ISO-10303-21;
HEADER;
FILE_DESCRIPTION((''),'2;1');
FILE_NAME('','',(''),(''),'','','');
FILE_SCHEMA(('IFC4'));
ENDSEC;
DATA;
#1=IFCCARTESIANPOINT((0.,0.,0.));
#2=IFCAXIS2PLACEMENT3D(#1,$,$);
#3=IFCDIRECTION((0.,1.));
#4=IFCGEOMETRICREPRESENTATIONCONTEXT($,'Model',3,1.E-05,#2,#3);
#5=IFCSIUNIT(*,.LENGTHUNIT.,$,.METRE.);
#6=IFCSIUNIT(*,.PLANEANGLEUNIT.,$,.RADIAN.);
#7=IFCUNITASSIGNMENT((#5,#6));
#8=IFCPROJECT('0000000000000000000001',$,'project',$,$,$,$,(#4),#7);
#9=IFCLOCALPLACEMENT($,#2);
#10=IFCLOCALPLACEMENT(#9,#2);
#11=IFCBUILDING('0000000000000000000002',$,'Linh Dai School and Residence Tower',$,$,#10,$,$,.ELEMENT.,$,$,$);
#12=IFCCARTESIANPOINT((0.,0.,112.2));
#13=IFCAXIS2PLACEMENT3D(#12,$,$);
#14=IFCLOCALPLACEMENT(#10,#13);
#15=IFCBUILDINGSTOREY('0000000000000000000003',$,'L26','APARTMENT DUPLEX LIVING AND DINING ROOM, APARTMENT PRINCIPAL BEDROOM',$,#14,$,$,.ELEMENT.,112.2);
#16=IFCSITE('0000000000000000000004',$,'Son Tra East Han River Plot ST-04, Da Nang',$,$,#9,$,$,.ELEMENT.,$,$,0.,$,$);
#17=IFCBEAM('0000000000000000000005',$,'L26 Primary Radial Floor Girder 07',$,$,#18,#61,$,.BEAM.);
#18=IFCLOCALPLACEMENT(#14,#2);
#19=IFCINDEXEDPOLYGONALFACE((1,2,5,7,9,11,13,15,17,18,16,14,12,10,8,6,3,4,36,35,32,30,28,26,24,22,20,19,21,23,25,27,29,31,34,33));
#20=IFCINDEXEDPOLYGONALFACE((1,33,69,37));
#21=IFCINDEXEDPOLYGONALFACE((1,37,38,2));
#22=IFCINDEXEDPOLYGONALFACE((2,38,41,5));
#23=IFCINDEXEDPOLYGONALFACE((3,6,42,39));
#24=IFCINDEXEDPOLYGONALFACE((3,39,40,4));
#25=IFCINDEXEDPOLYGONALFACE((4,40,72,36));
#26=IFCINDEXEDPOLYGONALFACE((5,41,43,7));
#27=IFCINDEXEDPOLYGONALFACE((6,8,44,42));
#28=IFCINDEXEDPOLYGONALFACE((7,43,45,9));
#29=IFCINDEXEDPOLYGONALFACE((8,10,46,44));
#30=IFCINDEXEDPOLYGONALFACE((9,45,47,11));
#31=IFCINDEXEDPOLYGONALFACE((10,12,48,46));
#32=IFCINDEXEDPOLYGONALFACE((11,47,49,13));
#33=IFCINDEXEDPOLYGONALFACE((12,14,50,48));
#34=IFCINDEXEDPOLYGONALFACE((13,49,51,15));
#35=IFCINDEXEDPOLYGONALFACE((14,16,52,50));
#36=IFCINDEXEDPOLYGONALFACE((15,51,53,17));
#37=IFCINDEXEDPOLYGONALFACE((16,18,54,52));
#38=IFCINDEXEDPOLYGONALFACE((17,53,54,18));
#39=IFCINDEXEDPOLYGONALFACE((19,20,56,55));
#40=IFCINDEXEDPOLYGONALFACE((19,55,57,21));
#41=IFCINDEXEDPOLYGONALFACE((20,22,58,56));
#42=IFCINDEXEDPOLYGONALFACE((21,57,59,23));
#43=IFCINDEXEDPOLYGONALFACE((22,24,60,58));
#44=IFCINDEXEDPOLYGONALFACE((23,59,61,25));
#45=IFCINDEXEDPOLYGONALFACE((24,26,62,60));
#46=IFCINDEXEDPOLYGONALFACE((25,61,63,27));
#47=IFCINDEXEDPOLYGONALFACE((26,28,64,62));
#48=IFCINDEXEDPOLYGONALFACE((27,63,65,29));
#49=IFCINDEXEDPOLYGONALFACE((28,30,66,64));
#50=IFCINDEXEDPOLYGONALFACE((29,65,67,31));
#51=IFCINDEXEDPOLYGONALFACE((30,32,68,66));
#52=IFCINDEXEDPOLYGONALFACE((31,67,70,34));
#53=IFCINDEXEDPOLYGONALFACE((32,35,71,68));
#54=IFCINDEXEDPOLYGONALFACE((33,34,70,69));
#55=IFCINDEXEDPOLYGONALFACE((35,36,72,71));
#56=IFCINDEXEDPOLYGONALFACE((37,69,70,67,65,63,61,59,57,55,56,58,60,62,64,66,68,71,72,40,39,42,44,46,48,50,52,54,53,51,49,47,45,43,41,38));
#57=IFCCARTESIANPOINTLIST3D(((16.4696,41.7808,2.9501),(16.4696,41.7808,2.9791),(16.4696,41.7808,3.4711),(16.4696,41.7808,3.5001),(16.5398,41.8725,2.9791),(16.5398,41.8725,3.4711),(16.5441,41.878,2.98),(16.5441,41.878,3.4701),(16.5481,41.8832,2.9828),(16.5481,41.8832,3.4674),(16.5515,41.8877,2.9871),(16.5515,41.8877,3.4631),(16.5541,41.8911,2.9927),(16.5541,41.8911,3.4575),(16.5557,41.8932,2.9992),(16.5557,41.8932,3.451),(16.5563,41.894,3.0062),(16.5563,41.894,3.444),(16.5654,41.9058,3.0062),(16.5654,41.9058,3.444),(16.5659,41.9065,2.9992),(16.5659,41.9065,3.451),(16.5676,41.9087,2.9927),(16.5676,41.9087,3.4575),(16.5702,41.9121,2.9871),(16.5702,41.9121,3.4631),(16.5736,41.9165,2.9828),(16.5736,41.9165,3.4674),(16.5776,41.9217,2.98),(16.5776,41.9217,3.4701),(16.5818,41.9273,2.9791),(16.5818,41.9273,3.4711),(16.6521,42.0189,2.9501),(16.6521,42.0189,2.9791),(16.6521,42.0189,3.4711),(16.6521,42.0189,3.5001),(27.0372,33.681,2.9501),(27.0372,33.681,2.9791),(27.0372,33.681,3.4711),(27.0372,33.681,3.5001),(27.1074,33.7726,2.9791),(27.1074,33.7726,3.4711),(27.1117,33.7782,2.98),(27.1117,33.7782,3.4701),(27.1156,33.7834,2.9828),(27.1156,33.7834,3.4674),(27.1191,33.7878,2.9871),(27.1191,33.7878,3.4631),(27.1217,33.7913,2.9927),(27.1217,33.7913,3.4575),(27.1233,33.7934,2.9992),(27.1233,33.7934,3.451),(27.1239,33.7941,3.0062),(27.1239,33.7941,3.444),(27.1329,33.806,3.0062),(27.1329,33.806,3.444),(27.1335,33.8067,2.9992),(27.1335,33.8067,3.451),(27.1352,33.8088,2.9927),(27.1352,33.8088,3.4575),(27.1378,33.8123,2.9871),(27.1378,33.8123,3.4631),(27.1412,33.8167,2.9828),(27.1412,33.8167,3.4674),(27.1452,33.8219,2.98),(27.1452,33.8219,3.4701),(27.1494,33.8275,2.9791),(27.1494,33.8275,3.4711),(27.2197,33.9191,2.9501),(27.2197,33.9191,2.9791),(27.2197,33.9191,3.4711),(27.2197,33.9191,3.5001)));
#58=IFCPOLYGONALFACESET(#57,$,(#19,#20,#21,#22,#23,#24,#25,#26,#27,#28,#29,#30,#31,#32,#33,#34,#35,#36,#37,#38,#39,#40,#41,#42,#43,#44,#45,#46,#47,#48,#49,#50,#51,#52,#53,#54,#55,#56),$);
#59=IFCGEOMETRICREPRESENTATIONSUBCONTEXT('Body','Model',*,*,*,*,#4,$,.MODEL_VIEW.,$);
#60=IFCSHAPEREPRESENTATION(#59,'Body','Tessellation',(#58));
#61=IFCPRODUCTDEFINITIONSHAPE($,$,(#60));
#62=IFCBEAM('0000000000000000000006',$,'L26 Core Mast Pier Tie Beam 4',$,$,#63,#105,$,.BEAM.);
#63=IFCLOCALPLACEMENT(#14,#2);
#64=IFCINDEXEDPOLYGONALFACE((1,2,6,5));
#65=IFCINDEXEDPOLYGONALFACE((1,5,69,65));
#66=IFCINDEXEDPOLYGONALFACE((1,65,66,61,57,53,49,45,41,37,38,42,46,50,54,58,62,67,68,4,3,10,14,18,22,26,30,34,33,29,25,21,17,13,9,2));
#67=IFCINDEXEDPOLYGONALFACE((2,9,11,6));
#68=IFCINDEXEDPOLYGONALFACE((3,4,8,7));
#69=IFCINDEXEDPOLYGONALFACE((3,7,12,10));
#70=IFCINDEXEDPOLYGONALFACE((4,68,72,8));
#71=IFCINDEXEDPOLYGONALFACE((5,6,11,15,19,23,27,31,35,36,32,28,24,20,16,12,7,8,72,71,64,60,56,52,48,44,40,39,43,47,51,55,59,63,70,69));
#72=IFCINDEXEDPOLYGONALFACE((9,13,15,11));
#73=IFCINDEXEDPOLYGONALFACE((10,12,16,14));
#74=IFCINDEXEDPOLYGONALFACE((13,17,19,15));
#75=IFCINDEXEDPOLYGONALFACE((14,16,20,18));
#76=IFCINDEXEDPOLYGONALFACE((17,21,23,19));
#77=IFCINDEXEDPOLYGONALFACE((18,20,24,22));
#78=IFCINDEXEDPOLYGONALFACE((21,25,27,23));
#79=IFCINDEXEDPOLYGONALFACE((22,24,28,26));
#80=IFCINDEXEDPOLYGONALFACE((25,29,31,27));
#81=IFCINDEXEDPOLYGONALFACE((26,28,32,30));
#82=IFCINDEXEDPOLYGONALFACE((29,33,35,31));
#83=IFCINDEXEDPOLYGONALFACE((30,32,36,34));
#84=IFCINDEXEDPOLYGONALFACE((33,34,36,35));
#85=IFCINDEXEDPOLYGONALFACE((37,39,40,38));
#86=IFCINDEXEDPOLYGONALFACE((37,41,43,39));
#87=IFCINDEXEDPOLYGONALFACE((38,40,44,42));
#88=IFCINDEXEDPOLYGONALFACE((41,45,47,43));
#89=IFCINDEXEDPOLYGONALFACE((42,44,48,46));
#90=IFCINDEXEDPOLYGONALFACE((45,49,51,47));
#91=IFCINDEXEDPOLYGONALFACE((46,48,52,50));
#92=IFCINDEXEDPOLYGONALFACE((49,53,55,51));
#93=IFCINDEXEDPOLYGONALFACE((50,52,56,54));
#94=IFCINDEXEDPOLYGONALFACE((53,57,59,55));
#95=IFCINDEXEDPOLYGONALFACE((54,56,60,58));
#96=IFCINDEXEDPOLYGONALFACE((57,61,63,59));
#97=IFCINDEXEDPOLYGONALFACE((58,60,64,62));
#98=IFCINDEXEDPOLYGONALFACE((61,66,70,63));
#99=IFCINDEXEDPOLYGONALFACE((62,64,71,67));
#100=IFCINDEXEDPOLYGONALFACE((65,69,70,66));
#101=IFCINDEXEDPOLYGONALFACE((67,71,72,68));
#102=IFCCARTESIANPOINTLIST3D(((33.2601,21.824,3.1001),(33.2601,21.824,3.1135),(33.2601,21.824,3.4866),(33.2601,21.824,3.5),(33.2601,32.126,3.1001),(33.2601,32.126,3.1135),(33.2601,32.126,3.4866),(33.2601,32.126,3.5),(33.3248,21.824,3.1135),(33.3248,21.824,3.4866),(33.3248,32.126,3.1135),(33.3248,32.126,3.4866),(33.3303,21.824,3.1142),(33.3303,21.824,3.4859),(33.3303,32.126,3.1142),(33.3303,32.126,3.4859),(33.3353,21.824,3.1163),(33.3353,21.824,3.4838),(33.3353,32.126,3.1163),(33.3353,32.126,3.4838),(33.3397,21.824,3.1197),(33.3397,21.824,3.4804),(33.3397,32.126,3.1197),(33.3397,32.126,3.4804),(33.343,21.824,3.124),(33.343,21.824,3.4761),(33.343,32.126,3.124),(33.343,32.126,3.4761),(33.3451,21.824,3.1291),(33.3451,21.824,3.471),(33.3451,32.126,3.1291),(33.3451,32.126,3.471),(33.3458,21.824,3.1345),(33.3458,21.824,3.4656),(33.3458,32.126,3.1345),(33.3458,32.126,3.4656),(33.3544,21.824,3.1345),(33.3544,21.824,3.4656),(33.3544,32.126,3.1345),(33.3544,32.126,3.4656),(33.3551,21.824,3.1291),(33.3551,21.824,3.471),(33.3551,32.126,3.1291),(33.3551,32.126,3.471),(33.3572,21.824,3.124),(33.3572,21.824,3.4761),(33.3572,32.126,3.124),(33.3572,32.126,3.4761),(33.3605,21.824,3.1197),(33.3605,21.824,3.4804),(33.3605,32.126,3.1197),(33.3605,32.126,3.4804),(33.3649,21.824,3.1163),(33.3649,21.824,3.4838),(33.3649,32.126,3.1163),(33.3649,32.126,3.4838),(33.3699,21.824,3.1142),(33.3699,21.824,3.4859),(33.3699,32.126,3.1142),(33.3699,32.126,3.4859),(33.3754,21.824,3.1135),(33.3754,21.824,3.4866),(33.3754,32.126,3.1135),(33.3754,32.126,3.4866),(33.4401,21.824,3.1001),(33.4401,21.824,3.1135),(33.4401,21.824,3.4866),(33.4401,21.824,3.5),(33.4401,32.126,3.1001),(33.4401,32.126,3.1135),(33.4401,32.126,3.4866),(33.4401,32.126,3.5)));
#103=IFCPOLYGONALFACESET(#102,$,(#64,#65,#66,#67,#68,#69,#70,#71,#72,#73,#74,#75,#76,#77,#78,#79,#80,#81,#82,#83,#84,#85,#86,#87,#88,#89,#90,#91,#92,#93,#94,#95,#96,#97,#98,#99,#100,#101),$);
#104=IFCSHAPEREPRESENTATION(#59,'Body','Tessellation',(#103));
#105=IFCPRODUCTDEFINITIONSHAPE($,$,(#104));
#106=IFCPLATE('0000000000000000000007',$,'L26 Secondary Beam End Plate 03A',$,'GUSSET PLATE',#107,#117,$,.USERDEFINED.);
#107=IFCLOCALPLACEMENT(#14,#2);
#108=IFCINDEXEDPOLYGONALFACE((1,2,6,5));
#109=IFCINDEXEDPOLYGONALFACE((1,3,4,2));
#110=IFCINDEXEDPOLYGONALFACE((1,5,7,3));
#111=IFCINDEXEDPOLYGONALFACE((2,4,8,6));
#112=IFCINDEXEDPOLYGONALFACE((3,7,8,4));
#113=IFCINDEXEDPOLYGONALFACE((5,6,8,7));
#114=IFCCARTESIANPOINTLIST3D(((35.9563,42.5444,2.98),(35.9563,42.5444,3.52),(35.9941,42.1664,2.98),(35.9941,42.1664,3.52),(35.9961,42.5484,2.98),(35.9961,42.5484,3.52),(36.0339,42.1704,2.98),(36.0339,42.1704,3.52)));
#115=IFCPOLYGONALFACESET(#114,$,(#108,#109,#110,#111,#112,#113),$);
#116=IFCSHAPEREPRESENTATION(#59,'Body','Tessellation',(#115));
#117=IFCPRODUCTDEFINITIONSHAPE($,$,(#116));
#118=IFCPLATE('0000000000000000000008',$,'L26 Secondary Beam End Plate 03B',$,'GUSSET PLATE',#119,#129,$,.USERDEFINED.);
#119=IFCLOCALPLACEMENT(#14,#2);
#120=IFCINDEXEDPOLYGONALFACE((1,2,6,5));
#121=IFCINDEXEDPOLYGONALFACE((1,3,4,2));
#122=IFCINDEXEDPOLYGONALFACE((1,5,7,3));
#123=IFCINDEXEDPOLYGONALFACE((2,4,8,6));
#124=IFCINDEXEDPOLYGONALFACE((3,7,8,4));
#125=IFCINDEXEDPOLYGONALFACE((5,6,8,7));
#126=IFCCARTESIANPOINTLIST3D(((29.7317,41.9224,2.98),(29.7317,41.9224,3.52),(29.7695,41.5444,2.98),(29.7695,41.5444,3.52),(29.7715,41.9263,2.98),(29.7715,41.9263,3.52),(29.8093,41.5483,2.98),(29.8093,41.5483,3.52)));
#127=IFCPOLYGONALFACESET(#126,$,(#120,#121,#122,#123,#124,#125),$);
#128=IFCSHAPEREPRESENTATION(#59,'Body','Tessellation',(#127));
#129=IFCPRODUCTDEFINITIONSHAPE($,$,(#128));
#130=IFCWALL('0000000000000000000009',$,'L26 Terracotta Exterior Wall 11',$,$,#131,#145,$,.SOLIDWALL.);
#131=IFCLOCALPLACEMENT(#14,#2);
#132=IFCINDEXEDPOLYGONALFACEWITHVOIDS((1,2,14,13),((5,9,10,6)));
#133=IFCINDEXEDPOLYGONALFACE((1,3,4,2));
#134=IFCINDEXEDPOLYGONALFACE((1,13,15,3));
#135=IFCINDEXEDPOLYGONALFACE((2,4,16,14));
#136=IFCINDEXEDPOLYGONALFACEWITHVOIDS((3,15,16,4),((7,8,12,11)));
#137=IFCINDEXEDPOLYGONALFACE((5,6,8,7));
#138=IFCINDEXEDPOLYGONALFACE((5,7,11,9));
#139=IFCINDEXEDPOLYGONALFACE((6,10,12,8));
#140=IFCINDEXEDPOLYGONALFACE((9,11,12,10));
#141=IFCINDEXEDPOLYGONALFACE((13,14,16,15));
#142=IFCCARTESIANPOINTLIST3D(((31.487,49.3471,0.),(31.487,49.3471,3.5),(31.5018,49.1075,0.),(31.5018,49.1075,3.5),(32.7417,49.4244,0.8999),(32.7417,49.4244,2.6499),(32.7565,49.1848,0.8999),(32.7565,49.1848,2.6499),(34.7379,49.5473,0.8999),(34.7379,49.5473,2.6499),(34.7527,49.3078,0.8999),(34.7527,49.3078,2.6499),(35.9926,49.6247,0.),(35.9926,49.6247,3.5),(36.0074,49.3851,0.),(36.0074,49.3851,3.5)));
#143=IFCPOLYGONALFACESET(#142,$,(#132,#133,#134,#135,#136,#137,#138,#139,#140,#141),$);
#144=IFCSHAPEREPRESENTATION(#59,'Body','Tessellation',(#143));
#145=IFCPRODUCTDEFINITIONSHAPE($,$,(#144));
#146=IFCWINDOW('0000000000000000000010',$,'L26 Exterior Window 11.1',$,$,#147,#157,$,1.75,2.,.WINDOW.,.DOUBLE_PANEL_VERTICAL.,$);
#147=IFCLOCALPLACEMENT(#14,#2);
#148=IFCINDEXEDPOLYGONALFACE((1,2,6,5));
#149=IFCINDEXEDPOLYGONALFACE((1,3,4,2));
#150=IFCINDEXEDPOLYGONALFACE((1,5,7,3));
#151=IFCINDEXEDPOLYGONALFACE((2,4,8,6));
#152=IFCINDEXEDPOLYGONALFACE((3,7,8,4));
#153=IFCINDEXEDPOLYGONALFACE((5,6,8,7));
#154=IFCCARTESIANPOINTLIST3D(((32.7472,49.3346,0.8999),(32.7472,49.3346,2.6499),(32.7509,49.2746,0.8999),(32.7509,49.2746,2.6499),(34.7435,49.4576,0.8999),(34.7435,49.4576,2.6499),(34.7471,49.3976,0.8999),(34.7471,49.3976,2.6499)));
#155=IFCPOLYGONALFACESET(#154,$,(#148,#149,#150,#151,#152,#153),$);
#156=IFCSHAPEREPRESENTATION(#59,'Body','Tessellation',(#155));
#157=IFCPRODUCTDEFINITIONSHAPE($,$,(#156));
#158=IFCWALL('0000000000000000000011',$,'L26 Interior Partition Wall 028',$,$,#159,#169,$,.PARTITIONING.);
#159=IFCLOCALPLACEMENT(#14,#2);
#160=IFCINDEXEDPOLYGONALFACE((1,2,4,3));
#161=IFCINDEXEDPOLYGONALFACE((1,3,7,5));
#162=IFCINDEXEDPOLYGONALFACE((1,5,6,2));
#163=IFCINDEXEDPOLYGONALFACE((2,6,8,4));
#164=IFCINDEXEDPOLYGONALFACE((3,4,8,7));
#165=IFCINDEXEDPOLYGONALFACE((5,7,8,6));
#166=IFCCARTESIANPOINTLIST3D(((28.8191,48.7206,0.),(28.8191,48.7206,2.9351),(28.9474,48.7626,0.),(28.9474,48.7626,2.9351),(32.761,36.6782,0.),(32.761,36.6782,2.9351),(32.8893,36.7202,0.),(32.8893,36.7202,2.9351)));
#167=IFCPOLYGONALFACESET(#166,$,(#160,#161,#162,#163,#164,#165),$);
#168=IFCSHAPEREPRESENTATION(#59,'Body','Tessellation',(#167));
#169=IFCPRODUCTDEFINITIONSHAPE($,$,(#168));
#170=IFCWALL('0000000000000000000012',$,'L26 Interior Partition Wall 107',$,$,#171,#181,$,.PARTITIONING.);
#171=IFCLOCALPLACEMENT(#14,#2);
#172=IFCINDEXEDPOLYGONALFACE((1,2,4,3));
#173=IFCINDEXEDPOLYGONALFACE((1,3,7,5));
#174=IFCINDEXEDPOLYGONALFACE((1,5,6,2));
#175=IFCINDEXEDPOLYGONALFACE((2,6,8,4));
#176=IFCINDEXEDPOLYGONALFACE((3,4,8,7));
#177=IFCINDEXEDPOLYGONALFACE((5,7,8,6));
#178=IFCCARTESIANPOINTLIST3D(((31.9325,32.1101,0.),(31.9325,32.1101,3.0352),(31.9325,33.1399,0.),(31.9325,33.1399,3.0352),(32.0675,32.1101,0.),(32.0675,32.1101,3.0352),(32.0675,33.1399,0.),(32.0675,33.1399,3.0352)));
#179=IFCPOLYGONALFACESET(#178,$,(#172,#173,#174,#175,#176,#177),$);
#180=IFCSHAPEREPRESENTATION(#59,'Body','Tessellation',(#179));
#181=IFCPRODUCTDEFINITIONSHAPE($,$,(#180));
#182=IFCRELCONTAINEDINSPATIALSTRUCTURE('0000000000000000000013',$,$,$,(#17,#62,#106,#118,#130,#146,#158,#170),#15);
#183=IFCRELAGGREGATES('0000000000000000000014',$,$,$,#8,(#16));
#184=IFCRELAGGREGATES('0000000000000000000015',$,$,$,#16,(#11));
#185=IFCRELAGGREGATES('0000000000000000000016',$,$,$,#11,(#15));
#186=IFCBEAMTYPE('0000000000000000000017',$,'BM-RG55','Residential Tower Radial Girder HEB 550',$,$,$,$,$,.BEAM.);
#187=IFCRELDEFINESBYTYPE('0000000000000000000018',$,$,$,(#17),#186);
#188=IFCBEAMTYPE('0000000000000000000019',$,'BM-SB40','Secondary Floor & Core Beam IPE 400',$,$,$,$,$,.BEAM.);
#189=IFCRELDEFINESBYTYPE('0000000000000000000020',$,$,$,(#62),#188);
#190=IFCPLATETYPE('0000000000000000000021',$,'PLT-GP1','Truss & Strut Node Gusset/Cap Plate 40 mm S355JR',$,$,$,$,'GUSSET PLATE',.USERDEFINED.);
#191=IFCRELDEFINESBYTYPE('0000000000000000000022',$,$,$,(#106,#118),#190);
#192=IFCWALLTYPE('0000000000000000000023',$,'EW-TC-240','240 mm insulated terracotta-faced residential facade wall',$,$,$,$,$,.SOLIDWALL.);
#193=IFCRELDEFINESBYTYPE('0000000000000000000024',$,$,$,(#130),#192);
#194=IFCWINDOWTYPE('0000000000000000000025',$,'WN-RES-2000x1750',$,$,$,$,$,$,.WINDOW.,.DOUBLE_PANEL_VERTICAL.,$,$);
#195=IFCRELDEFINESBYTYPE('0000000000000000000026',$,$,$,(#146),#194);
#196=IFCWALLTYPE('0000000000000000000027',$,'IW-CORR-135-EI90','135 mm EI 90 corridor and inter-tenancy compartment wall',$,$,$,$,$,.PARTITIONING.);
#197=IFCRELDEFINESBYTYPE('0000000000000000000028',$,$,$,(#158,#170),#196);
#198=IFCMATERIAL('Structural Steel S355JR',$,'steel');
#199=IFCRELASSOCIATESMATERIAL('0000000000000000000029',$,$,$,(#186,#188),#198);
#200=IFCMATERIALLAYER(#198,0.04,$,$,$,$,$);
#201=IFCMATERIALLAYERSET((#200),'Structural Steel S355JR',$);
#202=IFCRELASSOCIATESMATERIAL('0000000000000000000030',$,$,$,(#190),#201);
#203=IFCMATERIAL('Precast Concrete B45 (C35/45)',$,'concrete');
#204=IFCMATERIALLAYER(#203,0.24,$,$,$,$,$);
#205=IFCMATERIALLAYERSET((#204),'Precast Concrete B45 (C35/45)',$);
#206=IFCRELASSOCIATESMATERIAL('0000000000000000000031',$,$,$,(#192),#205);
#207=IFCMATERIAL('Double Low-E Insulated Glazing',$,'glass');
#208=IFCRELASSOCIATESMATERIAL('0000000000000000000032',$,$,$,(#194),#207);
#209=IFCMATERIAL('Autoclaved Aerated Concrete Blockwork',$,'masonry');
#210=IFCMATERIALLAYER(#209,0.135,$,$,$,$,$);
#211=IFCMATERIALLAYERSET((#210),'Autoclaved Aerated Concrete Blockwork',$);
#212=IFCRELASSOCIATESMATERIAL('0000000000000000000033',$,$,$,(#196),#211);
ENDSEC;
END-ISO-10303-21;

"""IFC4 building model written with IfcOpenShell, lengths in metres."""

from ifc_helpers import new_model, si_unit, direction, frame, frame_2d, origin, origin_2d, place, context, subcontext, project, spatial, rectangle, i_section, extrude, source, transform, mapped, material, layer, layer_set, material_profile, profile_set, type_object, element, fill, save


model = new_model("IFC4")

# Units and contexts
model_context = context("Model", 3, precision=1e-05, world=origin(), true_north=direction((0.0, 1.0)))
body_context = subcontext(model_context, "Body", "Model", "MODEL_VIEW")
ifc_project = project(units=[si_unit("LENGTHUNIT", "METRE"), si_unit("PLANEANGLEUNIT", "RADIAN")], contexts=[model_context])

# Site, building, storey
site_placement = place(None, origin())
site = spatial("IfcSite", under=ifc_project, at=site_placement, Name="Son Tra East Han River Plot ST-04, Da Nang", CompositionType="ELEMENT", RefElevation=0.0)
building_placement = place(site_placement, origin())
building = spatial("IfcBuilding", under=site, at=building_placement, Name="Linh Dai School and Residence Tower", CompositionType="ELEMENT")
storey_placement = place(building_placement, frame((0.0, 0.0, 112.2)))
storey = spatial("IfcBuildingStorey", under=building, at=storey_placement, Name="L26", Description="APARTMENT DUPLEX LIVING AND DINING ROOM, APARTMENT PRINCIPAL BEDROOM", CompositionType="ELEMENT", Elevation=112.2)

# Shared definitions
ifc_material_1 = material(Name="Structural Steel S355JR", Category="steel")

# Beams
ifc_material_profile_1 = material_profile(ifc_material_1, i_section(OverallWidth=0.3, OverallDepth=0.55, WebThickness=0.0149, FlangeThickness=0.0291, FilletRadius=0.0271, at=origin_2d()), Name="HEB 550")
ifc_profile_set_1 = profile_set([ifc_material_profile_1], Name="Structural Steel S355JR")
beam_type_1 = type_object("IfcBeamType", Name="BM-RG55", Description="Residential Tower Radial Girder HEB 550", PredefinedType="BEAM", material=ifc_profile_set_1)
beam_1_placement = place(storey_placement, frame((27.1284, 33.8, 3.2251), z_axis=(-0.793679, 0.608337, 0.0), x_axis=(-0.608337, -0.793679, 0.0)))
element("IfcBeam", 1, at=beam_1_placement, inside=storey, type_object=beam_type_1, Name="L26 Primary Radial Floor Girder 07", PredefinedType="BEAM", context=body_context, shape_type="SweptSolid", body=[
    extrude(i_section(OverallWidth=0.3, OverallDepth=0.55, WebThickness=0.0149, FlangeThickness=0.0291, FilletRadius=0.0271, at=origin_2d()), origin(), (0.0, 0.0, 1.0), 13.3147),
])
ifc_material_profile_2 = material_profile(ifc_material_1, i_section(OverallWidth=0.1799, OverallDepth=0.3999, WebThickness=0.0085, FlangeThickness=0.0134, FilletRadius=0.021, at=origin_2d()), Name="IPE 400")
ifc_profile_set_2 = profile_set([ifc_material_profile_2], Name="Structural Steel S355JR")
beam_type_2 = type_object("IfcBeamType", Name="BM-SB40", Description="Secondary Floor & Core Beam IPE 400", PredefinedType="BEAM", material=ifc_profile_set_2)
beam_2_placement = place(storey_placement, frame((33.3501, 32.126, 3.3), z_axis=(0.0, -1.0, 0.0), x_axis=(1.0, 0.0, 0.0)))
element("IfcBeam", 2, at=beam_2_placement, inside=storey, type_object=beam_type_2, Name="L26 Core Mast Pier Tie Beam 4", PredefinedType="BEAM", context=body_context, shape_type="SweptSolid", body=[
    extrude(i_section(OverallWidth=0.1799, OverallDepth=0.3999, WebThickness=0.0085, FlangeThickness=0.0134, FilletRadius=0.021, at=origin_2d()), origin(), (0.0, 0.0, 1.0), 10.302),
])

# Plates
ifc_layer_1 = layer(ifc_material_1, 0.04)
ifc_layer_set_1 = layer_set([ifc_layer_1], Name="Structural Steel S355JR")
plate_type = type_object("IfcPlateType", Name="PLT-GP1", Description="Truss & Strut Node Gusset/Cap Plate 40 mm S355JR", ElementType="GUSSET PLATE", PredefinedType="USERDEFINED", material=ifc_layer_set_1)
shared_shape_1 = source(origin(), body_context, "Body", "SweptSolid", [
    extrude(rectangle(XDim=0.04, YDim=0.3799, at=origin_2d()), origin(), (0.0, 0.0, 1.0), 0.54),
])
for number, where, z_axis, x_axis, name in (
    (3, (35.9951, 42.3574, 2.98), (0.0, 0.0, 1.0), (-0.995042, -0.099458, 0.0), "L26 Secondary Beam End Plate 03A"),
    (4, (29.7705, 41.7354, 2.98), (0.0, 0.0, 1.0), (-0.995042, -0.099458, 0.0), "L26 Secondary Beam End Plate 03B"),
):
    element("IfcPlate", number, at=place(storey_placement, frame(where, z_axis=z_axis, x_axis=x_axis)), inside=storey, type_object=plate_type, Name=name, ObjectType="GUSSET PLATE", PredefinedType="USERDEFINED", context=body_context, shape_type="MappedRepresentation", body=[
        mapped(shared_shape_1, transform((0.0, 0.0, 0.0), x_axis=(1.0, 0.0, 0.0), y_axis=(0.0, 1.0, 0.0), z_axis=(0.0, 0.0, 1.0), scale=1.0)),
    ])

# Wall, opening, window
ifc_material_2 = material(Name="Precast Concrete B45 (C35/45)", Category="concrete")
ifc_layer_2 = layer(ifc_material_2, 0.24)
ifc_layer_set_2 = layer_set([ifc_layer_2], Name="Precast Concrete B45 (C35/45)")
wall_type_1 = type_object("IfcWallType", Name="EW-TC-240", Description="240 mm insulated terracotta-faced residential facade wall", PredefinedType="SOLIDWALL", material=ifc_layer_set_2)
wall_1_placement = place(storey_placement, frame((31.4944, 49.2273, 0.0), z_axis=(0.0, 0.0, 1.0), x_axis=(0.998108, 0.061493, 0.0)))
wall_1 = element("IfcWall", 5, at=wall_1_placement, inside=storey, type_object=wall_type_1, Name="L26 Terracotta Exterior Wall 11", PredefinedType="SOLIDWALL", context=body_context, shape_type="SweptSolid", body=[
    extrude(rectangle(XDim=4.5142, YDim=0.24, at=frame_2d((2.2571, 0.0))), origin(), (0.0, 0.0, 1.0), 3.5),
])
opening_1_placement = place(wall_1_placement, frame((1.2571, 0.0, 0.8999)))
opening_1 = element("IfcOpeningElement", 6, at=opening_1_placement, cuts=wall_1, PredefinedType="OPENING", context=body_context, shape_type="SweptSolid", body=[
    extrude(rectangle(XDim=2.0, YDim=1.75, at=origin_2d()), frame((1.0, 0.1299, 0.875), z_axis=(0.0, -1.0, 0.0), x_axis=(1.0, 0.0, 0.0)), (0.0, 0.0, 1.0), 0.26),
])
ifc_material_3 = material(Name="Double Low-E Insulated Glazing", Category="glass")
window_type = type_object("IfcWindowType", Name="WN-RES-2000x1750", PartitioningType="DOUBLE_PANEL_VERTICAL", PredefinedType="WINDOW", material=ifc_material_3)
shared_shape_2 = source(origin(), body_context, "Body", "SweptSolid", [
    extrude(rectangle(XDim=2.0, YDim=1.75, at=origin_2d()), frame((1.0, 0.03, 0.875), z_axis=(0.0, -1.0, 0.0), x_axis=(1.0, 0.0, 0.0)), (0.0, 0.0, 1.0), 0.0601),
])
window_placement = place(opening_1_placement, origin())
window = element("IfcWindow", 7, at=window_placement, inside=storey, type_object=window_type, Name="L26 Exterior Window 11.1", OverallHeight=1.75, OverallWidth=2.0, PartitioningType="DOUBLE_PANEL_VERTICAL", PredefinedType="WINDOW", context=body_context, shape_type="MappedRepresentation", body=[
    mapped(shared_shape_2, transform((0.0, 0.0, 0.0), x_axis=(1.0, 0.0, 0.0), y_axis=(0.0, 1.0, 0.0), z_axis=(0.0, 0.0, 1.0), scale=1.0)),
])
fill(opening_1, window)

# Walls
ifc_material_4 = material(Name="Autoclaved Aerated Concrete Blockwork", Category="masonry")
ifc_layer_3 = layer(ifc_material_4, 0.135)
ifc_layer_set_3 = layer_set([ifc_layer_3], Name="Autoclaved Aerated Concrete Blockwork")
wall_type_2 = type_object("IfcWallType", Name="IW-CORR-135-EI90", Description="135 mm EI 90 corridor and inter-tenancy compartment wall", PredefinedType="PARTITIONING", material=ifc_layer_set_3)
wall_2_placement = place(storey_placement, frame((28.8833, 48.7415, 0.0), z_axis=(0.0, 0.0, 1.0), x_axis=(0.31109, -0.95038, 0.0)))
element("IfcWall", 8, at=wall_2_placement, inside=storey, type_object=wall_type_2, Name="L26 Interior Partition Wall 028", PredefinedType="PARTITIONING", context=body_context, shape_type="SweptSolid", body=[
    extrude(rectangle(XDim=12.6711, YDim=0.135, at=frame_2d((6.3354, 0.0))), origin(), (0.0, 0.0, 1.0), 2.9351),
])
wall_3_placement = place(storey_placement, frame((32.0, 33.1399, 0.0), z_axis=(0.0, 0.0, 1.0), x_axis=(0.0, -1.0, 0.0)))
element("IfcWall", 9, at=wall_3_placement, inside=storey, type_object=wall_type_2, Name="L26 Interior Partition Wall 107", PredefinedType="PARTITIONING", context=body_context, shape_type="SweptSolid", body=[
    extrude(rectangle(XDim=1.0298, YDim=0.135, at=frame_2d((0.5149, 0.0))), origin(), (0.0, 0.0, 1.0), 3.0352),
])

save(model, "model.ifc")
